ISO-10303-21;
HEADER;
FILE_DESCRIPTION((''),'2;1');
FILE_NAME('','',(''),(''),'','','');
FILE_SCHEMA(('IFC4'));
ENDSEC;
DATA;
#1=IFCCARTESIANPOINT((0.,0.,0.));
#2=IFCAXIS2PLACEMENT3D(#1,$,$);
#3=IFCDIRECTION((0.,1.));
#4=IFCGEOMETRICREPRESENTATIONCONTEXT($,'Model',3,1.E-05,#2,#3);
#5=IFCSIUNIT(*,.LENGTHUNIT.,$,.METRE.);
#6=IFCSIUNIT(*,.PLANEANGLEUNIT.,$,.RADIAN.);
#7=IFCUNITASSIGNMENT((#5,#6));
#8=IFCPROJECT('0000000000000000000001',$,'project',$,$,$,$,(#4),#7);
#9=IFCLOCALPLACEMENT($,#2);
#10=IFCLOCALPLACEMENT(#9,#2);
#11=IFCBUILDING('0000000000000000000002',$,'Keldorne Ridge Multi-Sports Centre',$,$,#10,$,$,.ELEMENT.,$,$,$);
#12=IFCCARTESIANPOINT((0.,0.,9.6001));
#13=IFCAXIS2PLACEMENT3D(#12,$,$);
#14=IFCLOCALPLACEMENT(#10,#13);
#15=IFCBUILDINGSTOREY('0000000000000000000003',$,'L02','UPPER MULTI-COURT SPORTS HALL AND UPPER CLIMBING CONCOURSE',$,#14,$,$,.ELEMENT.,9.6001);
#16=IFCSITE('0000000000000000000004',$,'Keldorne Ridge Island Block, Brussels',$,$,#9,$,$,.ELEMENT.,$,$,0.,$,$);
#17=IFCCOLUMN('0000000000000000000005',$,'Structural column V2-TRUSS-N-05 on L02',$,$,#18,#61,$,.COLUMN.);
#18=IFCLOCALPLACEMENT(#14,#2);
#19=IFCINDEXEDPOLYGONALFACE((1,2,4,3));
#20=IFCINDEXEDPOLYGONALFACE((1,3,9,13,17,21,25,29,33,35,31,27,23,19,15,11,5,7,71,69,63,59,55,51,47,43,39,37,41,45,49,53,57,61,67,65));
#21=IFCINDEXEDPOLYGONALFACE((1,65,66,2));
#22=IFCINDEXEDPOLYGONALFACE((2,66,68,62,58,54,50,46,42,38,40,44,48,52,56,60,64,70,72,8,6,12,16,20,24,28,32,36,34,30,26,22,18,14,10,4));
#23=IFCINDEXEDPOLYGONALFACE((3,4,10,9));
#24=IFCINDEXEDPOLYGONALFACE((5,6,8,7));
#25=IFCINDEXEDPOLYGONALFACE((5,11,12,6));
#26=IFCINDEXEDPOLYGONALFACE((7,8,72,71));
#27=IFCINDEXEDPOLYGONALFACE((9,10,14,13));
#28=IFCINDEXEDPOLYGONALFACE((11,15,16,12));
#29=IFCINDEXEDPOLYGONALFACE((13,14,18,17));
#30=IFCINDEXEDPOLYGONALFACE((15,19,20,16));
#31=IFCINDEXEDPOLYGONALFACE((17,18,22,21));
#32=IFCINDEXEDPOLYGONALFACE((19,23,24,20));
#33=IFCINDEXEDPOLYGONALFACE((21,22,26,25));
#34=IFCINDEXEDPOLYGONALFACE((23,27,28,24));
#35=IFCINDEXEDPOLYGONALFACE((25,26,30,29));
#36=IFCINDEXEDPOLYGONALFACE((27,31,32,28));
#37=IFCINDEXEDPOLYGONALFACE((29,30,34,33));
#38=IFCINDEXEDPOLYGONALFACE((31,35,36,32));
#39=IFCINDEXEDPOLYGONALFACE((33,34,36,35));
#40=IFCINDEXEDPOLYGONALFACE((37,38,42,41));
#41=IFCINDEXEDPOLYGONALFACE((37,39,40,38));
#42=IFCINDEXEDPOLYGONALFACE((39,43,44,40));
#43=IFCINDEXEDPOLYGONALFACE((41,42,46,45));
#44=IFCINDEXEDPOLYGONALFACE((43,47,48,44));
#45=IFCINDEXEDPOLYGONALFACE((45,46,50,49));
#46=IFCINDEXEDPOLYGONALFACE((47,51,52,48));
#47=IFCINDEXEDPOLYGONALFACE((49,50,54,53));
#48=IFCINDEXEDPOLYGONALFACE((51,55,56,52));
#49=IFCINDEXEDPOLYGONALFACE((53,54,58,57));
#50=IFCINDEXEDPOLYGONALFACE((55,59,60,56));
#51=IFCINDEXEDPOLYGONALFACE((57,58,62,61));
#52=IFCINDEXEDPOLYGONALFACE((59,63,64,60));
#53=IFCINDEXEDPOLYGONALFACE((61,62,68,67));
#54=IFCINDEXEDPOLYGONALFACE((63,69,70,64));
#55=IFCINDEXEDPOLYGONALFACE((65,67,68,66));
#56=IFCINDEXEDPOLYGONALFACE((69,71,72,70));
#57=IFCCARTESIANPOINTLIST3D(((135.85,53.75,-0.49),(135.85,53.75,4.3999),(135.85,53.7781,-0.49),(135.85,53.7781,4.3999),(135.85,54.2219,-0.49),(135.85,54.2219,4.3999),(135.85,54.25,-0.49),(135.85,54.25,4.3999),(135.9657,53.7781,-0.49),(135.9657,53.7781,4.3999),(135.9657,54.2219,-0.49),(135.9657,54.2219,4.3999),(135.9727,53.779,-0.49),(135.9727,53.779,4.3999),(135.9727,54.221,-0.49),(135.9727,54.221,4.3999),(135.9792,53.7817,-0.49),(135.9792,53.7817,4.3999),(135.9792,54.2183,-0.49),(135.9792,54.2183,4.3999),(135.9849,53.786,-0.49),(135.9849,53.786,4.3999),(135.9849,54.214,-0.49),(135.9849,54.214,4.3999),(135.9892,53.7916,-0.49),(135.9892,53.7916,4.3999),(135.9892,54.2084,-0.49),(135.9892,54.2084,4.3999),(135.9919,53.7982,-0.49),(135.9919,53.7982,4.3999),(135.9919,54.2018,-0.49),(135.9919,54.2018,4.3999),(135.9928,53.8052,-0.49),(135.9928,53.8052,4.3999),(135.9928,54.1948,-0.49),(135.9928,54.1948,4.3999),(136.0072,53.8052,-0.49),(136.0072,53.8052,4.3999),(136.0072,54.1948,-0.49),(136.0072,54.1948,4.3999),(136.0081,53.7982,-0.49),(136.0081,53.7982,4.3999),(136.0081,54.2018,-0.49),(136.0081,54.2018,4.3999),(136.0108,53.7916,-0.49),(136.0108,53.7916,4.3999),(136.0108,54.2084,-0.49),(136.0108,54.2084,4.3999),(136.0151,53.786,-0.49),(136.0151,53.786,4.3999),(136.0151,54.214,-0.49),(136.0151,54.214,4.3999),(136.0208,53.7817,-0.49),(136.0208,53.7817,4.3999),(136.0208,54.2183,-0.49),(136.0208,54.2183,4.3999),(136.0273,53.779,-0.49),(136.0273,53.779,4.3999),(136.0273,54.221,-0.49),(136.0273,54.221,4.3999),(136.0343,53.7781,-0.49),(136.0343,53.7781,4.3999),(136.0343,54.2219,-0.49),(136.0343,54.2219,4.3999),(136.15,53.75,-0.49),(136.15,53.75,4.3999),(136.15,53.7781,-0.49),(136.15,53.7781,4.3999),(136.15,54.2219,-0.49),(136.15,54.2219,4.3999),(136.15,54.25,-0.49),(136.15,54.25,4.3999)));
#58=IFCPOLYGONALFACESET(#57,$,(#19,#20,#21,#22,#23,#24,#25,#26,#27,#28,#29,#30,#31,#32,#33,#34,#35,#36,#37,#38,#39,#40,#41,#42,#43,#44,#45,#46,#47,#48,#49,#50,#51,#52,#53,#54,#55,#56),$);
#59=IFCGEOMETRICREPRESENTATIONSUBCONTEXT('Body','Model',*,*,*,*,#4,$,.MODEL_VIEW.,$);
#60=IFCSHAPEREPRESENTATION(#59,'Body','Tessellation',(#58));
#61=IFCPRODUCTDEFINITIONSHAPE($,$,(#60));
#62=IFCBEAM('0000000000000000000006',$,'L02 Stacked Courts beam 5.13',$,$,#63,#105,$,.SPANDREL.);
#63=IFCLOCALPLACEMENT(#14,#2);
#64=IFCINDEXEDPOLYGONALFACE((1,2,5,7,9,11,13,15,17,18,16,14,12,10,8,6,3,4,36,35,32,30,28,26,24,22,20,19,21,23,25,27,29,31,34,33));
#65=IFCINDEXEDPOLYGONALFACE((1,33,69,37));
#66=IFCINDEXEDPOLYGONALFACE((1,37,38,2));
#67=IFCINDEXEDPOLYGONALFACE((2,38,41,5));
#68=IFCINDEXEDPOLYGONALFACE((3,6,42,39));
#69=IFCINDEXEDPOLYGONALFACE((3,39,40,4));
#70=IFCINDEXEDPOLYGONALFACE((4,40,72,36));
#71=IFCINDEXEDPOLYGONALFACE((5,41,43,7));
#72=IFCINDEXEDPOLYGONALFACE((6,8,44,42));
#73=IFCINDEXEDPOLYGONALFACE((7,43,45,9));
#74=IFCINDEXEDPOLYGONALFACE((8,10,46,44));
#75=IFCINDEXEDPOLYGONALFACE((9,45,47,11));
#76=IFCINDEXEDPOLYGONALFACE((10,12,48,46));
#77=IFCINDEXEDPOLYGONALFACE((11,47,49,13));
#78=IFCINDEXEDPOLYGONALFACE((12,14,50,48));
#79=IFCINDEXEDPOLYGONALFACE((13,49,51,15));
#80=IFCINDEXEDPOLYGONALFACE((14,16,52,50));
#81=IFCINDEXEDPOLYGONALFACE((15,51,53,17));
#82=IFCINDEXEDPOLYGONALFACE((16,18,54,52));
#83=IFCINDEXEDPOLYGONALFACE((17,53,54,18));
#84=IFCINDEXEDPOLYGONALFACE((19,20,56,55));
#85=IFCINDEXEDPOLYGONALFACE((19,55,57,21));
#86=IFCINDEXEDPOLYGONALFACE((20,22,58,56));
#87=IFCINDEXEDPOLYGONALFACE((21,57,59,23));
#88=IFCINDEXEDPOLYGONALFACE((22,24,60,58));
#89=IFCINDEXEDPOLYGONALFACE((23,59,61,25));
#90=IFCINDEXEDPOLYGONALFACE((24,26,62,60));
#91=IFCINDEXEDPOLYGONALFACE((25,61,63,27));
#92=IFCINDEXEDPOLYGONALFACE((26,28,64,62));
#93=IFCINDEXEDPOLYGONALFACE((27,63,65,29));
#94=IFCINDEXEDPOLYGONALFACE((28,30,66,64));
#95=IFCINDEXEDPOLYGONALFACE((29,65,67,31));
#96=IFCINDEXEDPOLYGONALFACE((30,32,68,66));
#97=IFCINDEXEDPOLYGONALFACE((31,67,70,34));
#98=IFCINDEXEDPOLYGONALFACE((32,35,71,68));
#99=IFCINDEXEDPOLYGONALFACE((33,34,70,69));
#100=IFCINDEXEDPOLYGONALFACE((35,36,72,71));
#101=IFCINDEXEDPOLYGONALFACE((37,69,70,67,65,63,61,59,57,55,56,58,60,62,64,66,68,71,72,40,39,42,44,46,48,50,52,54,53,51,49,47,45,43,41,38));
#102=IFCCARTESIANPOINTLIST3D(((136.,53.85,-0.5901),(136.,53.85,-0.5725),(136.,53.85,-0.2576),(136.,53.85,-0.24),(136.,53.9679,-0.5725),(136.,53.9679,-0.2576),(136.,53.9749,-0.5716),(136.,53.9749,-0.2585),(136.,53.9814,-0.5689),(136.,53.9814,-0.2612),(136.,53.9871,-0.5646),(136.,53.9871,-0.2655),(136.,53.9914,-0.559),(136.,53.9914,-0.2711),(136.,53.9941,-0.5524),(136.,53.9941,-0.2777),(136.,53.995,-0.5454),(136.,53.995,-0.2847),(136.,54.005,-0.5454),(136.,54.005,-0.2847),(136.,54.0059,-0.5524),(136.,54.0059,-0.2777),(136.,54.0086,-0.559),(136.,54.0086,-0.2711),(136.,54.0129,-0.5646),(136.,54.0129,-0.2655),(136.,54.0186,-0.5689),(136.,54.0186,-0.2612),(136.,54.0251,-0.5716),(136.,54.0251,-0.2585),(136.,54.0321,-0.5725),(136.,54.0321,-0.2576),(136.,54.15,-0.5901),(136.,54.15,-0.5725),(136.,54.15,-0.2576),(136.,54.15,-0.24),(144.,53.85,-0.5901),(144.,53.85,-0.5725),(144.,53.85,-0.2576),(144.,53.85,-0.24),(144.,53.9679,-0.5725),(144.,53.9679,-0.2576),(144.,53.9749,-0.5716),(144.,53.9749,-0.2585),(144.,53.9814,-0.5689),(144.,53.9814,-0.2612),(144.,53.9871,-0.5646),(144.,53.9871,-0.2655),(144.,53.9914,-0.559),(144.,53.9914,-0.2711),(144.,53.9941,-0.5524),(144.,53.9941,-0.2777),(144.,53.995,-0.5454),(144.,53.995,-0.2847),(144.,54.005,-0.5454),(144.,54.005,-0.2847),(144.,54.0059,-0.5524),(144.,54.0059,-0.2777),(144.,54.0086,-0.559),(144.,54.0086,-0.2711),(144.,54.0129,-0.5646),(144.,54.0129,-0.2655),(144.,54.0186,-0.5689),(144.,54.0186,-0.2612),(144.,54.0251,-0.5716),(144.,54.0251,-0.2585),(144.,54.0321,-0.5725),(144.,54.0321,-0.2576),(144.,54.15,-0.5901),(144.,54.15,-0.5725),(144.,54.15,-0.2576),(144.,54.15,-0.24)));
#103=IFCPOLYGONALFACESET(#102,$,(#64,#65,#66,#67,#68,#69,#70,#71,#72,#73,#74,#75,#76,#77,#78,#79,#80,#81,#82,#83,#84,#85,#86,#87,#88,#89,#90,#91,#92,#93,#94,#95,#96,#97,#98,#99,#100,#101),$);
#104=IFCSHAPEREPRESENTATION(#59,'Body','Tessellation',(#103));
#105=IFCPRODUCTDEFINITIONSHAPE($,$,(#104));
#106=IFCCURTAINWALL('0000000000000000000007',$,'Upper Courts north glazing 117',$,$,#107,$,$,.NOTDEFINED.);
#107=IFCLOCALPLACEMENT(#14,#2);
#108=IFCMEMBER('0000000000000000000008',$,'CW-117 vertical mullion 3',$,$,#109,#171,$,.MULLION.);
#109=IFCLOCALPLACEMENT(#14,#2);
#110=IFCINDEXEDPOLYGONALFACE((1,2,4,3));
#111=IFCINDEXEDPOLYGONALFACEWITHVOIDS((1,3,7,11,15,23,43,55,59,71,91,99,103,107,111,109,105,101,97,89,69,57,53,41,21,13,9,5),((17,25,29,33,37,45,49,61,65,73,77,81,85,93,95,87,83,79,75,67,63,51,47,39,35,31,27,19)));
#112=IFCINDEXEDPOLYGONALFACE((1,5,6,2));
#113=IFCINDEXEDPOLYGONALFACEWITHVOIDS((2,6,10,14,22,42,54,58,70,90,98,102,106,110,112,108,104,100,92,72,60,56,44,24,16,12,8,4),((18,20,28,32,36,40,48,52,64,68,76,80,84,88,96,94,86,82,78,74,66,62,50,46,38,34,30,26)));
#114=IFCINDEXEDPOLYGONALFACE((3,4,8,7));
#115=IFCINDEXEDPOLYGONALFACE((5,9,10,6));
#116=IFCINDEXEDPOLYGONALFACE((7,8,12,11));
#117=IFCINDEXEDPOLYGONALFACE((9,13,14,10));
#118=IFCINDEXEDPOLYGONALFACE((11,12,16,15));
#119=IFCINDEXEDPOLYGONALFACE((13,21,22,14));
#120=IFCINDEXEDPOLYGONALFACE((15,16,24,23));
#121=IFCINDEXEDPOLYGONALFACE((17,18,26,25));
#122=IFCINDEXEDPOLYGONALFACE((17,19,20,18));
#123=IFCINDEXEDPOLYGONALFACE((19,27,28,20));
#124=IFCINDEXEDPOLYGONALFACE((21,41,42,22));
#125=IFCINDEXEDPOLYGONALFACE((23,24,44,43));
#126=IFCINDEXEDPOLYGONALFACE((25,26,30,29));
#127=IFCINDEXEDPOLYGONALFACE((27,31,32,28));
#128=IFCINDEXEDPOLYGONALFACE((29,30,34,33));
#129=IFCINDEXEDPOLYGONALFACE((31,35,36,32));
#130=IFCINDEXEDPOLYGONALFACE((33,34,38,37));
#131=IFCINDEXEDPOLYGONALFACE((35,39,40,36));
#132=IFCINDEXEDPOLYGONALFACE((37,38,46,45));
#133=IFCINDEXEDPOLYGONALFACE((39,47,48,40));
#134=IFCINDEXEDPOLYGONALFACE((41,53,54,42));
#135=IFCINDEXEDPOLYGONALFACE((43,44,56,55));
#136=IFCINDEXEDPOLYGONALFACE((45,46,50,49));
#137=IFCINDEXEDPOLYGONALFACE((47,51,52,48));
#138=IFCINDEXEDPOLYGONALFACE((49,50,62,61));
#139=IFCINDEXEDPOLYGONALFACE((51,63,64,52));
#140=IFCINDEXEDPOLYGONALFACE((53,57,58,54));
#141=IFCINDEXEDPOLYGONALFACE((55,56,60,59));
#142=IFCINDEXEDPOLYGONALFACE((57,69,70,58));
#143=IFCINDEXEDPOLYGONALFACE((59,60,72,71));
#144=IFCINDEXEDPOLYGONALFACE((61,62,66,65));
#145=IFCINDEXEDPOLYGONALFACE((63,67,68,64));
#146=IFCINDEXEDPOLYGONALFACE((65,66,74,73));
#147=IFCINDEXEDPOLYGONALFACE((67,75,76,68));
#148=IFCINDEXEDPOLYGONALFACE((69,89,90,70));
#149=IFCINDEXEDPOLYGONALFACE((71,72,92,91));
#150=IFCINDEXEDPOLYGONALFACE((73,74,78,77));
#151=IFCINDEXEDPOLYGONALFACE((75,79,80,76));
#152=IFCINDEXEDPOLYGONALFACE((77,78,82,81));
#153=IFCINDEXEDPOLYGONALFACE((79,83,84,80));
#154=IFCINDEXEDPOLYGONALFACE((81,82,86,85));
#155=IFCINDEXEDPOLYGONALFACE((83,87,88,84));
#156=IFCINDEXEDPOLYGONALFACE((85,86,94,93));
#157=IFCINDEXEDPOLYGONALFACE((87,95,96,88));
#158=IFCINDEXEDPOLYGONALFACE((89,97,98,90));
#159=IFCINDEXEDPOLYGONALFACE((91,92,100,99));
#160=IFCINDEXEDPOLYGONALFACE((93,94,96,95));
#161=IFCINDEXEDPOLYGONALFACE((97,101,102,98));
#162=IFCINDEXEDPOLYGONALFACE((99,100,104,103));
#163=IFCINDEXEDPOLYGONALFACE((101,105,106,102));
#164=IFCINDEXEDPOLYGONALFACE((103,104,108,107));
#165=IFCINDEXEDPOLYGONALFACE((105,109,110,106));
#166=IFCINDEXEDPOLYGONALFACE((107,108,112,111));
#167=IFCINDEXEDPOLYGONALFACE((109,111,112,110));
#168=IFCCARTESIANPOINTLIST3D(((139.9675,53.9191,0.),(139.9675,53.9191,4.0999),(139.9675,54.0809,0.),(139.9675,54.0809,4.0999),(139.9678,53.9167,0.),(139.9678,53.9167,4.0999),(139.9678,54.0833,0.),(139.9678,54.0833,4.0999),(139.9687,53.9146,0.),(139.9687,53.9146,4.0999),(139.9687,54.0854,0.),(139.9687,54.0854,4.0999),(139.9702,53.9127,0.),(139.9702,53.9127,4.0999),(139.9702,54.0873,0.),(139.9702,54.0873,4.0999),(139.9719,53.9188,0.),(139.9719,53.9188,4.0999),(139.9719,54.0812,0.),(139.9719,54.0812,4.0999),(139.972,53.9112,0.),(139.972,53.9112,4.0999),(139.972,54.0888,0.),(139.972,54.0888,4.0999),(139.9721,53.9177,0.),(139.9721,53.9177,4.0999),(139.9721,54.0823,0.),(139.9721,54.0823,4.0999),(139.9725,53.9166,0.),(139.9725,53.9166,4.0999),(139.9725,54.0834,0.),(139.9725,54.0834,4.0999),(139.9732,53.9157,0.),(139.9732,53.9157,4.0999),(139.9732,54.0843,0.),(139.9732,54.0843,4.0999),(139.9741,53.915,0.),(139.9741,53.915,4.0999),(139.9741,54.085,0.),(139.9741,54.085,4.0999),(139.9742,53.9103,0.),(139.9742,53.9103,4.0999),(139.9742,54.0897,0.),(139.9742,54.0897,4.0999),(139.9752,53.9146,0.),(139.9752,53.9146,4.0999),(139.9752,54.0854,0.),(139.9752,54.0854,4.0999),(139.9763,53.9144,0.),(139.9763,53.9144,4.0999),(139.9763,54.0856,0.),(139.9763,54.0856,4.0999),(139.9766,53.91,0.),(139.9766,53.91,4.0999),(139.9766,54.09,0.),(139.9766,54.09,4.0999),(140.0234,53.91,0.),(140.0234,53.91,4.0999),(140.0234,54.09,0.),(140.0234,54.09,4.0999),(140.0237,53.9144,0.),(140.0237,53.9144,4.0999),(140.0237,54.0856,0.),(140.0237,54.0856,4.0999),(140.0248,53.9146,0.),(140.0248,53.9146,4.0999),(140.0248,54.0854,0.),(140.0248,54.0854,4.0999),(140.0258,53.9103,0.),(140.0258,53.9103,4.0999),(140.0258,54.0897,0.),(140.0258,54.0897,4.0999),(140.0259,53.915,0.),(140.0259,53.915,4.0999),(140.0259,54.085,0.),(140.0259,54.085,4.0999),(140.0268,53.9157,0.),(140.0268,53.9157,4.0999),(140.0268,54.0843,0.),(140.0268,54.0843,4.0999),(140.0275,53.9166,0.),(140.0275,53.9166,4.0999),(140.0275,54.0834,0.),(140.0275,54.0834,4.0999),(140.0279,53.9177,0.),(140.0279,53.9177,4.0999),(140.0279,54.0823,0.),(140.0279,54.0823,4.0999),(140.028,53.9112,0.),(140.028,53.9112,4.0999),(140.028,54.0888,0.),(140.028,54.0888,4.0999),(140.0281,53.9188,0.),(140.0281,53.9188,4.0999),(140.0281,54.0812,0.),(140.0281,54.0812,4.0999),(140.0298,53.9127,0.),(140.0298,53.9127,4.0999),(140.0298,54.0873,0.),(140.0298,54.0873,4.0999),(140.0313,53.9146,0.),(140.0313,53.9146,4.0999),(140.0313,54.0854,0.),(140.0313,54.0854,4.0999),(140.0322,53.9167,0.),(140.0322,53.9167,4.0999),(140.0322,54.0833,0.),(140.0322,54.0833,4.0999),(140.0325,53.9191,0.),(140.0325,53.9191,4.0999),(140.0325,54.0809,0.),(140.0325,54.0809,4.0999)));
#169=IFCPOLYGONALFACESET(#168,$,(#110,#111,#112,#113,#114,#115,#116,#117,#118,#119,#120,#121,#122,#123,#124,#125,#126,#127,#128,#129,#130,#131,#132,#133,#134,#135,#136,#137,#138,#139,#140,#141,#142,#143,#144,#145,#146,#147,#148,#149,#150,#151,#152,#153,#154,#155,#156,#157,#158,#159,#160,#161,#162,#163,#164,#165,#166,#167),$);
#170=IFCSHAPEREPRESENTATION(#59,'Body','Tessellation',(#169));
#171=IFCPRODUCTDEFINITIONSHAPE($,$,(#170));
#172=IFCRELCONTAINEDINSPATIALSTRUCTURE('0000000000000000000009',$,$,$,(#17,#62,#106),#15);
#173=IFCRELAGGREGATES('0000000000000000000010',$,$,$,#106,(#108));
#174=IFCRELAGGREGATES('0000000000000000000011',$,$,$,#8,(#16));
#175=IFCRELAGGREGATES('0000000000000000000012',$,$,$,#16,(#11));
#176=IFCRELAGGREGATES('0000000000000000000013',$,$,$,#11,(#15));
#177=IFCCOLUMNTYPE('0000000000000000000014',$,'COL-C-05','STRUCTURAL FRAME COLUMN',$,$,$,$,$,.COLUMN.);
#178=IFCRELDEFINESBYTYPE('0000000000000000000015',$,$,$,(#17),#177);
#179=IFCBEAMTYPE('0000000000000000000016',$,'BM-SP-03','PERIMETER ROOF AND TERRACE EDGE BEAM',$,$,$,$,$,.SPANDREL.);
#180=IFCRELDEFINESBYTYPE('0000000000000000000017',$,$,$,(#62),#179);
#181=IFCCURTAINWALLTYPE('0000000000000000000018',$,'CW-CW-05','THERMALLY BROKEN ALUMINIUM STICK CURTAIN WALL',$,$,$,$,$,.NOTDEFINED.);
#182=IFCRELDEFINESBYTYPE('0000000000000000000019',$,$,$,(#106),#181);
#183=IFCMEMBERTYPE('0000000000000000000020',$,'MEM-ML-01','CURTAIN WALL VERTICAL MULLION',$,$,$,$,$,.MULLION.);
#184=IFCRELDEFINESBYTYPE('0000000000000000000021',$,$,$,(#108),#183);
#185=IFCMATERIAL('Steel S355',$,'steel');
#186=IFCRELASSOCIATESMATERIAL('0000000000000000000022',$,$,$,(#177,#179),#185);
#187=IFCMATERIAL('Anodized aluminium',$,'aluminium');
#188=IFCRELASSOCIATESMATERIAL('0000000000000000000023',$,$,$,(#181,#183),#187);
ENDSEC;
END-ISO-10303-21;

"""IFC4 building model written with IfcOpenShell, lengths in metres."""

from ifc_helpers import new_model, si_unit, direction, frame, origin, origin_2d, place, context, subcontext, project, spatial, hollow_rectangle, i_section, extrude, material, material_profile, profile_set, type_object, element, aggregate, save


model = new_model("IFC4")

# Units and contexts
model_context = context("Model", 3, precision=1e-05, world=origin(), true_north=direction((0.0, 1.0)))
body_context = subcontext(model_context, "Body", "Model", "MODEL_VIEW")
ifc_project = project(units=[si_unit("LENGTHUNIT", "METRE"), si_unit("PLANEANGLEUNIT", "RADIAN")], contexts=[model_context])

# Site, building, storey
site_placement = place(None, origin())
site = spatial("IfcSite", under=ifc_project, at=site_placement, Name="Keldorne Ridge Island Block, Brussels", CompositionType="ELEMENT", RefElevation=0.0)
building_placement = place(site_placement, origin())
building = spatial("IfcBuilding", under=site, at=building_placement, Name="Keldorne Ridge Multi-Sports Centre", CompositionType="ELEMENT")
storey_placement = place(building_placement, frame((0.0, 0.0, 9.6001)))
storey = spatial("IfcBuildingStorey", under=building, at=storey_placement, Name="L02", Description="UPPER MULTI-COURT SPORTS HALL AND UPPER CLIMBING CONCOURSE", CompositionType="ELEMENT", Elevation=9.6001)

# Column
ifc_material_1 = material(Name="Steel S355", Category="steel")
ifc_material_profile_1 = material_profile(ifc_material_1, i_section(OverallWidth=0.3, OverallDepth=0.5, WebThickness=0.0144, FlangeThickness=0.0281, FilletRadius=0.0271, at=origin_2d()), Name="HEB 500")
ifc_profile_set_1 = profile_set([ifc_material_profile_1], Name="Steel S355")
column_type = type_object("IfcColumnType", Name="COL-C-05", Description="STRUCTURAL FRAME COLUMN", PredefinedType="COLUMN", material=ifc_profile_set_1)
column_placement = place(storey_placement, frame((136.0, 54.0, -0.49), z_axis=(0.0, 0.0, 1.0), x_axis=(1.0, 0.0, 0.0)))
element("IfcColumn", 1, at=column_placement, inside=storey, type_object=column_type, Name="Structural column V2-TRUSS-N-05 on L02", PredefinedType="COLUMN", context=body_context, shape_type="SweptSolid", body=[
    extrude(i_section(OverallWidth=0.3, OverallDepth=0.5, WebThickness=0.0144, FlangeThickness=0.0281, FilletRadius=0.0271, at=origin_2d()), origin(), (0.0, 0.0, 1.0), 4.8899),
])

# Beam
ifc_material_profile_2 = material_profile(ifc_material_1, i_section(OverallWidth=0.3, OverallDepth=0.3501, WebThickness=0.01, FlangeThickness=0.0176, FilletRadius=0.0271, at=origin_2d()), Name="HEA 360")
ifc_profile_set_2 = profile_set([ifc_material_profile_2], Name="Steel S355")
beam_type = type_object("IfcBeamType", Name="BM-SP-03", Description="PERIMETER ROOF AND TERRACE EDGE BEAM", PredefinedType="SPANDREL", material=ifc_profile_set_2)
beam_placement = place(storey_placement, frame((136.0, 54.0, -0.415), z_axis=(1.0, 0.0, 0.0), x_axis=(0.0, 1.0, 0.0)))
element("IfcBeam", 2, at=beam_placement, inside=storey, type_object=beam_type, Name="L02 Stacked Courts beam 5.13", PredefinedType="SPANDREL", context=body_context, shape_type="SweptSolid", body=[
    extrude(i_section(OverallWidth=0.3, OverallDepth=0.3501, WebThickness=0.01, FlangeThickness=0.0176, FilletRadius=0.0271, at=origin_2d()), origin(), (0.0, 0.0, 1.0), 8.0),
])

# Curtain wall, member
ifc_material_2 = material(Name="Anodized aluminium", Category="aluminium")
curtain_wall_type_1 = type_object("IfcCurtainWallType", Name="CW-CW-05", Description="THERMALLY BROKEN ALUMINIUM STICK CURTAIN WALL", PredefinedType="NOTDEFINED", material=ifc_material_2)
curtain_wall_1_placement = place(storey_placement, origin())
curtain_wall_1 = element("IfcCurtainWall", 3, at=curtain_wall_1_placement, inside=storey, type_object=curtain_wall_type_1, Name="Upper Courts north glazing 117", PredefinedType="NOTDEFINED")
ifc_material_profile_3 = material_profile(ifc_material_2, hollow_rectangle(XDim=0.0649, YDim=0.1799, WallThickness=0.0044, InnerFilletRadius=0.0044, OuterFilletRadius=0.009, at=origin_2d()), Name="ALU MULLION 180x65x4.5")
ifc_profile_set_3 = profile_set([ifc_material_profile_3], Name="Anodized aluminium")
member_type_1 = type_object("IfcMemberType", Name="MEM-ML-01", Description="CURTAIN WALL VERTICAL MULLION", PredefinedType="MULLION", material=ifc_profile_set_3)
member_1_placement = place(storey_placement, frame((140.0, 54.0, 0.0), z_axis=(0.0, 0.0, 1.0), x_axis=(1.0, 0.0, 0.0)))
member_1 = element("IfcMember", 4, at=member_1_placement, type_object=member_type_1, Name="CW-117 vertical mullion 3", PredefinedType="MULLION", context=body_context, shape_type="SweptSolid", body=[
    extrude(hollow_rectangle(XDim=0.0649, YDim=0.1799, WallThickness=0.0044, InnerFilletRadius=0.0044, OuterFilletRadius=0.009, at=origin_2d()), origin(), (0.0, 0.0, 1.0), 4.0999),
])

aggregate(curtain_wall_1, [member_1])

save(model, "model.ifc")
